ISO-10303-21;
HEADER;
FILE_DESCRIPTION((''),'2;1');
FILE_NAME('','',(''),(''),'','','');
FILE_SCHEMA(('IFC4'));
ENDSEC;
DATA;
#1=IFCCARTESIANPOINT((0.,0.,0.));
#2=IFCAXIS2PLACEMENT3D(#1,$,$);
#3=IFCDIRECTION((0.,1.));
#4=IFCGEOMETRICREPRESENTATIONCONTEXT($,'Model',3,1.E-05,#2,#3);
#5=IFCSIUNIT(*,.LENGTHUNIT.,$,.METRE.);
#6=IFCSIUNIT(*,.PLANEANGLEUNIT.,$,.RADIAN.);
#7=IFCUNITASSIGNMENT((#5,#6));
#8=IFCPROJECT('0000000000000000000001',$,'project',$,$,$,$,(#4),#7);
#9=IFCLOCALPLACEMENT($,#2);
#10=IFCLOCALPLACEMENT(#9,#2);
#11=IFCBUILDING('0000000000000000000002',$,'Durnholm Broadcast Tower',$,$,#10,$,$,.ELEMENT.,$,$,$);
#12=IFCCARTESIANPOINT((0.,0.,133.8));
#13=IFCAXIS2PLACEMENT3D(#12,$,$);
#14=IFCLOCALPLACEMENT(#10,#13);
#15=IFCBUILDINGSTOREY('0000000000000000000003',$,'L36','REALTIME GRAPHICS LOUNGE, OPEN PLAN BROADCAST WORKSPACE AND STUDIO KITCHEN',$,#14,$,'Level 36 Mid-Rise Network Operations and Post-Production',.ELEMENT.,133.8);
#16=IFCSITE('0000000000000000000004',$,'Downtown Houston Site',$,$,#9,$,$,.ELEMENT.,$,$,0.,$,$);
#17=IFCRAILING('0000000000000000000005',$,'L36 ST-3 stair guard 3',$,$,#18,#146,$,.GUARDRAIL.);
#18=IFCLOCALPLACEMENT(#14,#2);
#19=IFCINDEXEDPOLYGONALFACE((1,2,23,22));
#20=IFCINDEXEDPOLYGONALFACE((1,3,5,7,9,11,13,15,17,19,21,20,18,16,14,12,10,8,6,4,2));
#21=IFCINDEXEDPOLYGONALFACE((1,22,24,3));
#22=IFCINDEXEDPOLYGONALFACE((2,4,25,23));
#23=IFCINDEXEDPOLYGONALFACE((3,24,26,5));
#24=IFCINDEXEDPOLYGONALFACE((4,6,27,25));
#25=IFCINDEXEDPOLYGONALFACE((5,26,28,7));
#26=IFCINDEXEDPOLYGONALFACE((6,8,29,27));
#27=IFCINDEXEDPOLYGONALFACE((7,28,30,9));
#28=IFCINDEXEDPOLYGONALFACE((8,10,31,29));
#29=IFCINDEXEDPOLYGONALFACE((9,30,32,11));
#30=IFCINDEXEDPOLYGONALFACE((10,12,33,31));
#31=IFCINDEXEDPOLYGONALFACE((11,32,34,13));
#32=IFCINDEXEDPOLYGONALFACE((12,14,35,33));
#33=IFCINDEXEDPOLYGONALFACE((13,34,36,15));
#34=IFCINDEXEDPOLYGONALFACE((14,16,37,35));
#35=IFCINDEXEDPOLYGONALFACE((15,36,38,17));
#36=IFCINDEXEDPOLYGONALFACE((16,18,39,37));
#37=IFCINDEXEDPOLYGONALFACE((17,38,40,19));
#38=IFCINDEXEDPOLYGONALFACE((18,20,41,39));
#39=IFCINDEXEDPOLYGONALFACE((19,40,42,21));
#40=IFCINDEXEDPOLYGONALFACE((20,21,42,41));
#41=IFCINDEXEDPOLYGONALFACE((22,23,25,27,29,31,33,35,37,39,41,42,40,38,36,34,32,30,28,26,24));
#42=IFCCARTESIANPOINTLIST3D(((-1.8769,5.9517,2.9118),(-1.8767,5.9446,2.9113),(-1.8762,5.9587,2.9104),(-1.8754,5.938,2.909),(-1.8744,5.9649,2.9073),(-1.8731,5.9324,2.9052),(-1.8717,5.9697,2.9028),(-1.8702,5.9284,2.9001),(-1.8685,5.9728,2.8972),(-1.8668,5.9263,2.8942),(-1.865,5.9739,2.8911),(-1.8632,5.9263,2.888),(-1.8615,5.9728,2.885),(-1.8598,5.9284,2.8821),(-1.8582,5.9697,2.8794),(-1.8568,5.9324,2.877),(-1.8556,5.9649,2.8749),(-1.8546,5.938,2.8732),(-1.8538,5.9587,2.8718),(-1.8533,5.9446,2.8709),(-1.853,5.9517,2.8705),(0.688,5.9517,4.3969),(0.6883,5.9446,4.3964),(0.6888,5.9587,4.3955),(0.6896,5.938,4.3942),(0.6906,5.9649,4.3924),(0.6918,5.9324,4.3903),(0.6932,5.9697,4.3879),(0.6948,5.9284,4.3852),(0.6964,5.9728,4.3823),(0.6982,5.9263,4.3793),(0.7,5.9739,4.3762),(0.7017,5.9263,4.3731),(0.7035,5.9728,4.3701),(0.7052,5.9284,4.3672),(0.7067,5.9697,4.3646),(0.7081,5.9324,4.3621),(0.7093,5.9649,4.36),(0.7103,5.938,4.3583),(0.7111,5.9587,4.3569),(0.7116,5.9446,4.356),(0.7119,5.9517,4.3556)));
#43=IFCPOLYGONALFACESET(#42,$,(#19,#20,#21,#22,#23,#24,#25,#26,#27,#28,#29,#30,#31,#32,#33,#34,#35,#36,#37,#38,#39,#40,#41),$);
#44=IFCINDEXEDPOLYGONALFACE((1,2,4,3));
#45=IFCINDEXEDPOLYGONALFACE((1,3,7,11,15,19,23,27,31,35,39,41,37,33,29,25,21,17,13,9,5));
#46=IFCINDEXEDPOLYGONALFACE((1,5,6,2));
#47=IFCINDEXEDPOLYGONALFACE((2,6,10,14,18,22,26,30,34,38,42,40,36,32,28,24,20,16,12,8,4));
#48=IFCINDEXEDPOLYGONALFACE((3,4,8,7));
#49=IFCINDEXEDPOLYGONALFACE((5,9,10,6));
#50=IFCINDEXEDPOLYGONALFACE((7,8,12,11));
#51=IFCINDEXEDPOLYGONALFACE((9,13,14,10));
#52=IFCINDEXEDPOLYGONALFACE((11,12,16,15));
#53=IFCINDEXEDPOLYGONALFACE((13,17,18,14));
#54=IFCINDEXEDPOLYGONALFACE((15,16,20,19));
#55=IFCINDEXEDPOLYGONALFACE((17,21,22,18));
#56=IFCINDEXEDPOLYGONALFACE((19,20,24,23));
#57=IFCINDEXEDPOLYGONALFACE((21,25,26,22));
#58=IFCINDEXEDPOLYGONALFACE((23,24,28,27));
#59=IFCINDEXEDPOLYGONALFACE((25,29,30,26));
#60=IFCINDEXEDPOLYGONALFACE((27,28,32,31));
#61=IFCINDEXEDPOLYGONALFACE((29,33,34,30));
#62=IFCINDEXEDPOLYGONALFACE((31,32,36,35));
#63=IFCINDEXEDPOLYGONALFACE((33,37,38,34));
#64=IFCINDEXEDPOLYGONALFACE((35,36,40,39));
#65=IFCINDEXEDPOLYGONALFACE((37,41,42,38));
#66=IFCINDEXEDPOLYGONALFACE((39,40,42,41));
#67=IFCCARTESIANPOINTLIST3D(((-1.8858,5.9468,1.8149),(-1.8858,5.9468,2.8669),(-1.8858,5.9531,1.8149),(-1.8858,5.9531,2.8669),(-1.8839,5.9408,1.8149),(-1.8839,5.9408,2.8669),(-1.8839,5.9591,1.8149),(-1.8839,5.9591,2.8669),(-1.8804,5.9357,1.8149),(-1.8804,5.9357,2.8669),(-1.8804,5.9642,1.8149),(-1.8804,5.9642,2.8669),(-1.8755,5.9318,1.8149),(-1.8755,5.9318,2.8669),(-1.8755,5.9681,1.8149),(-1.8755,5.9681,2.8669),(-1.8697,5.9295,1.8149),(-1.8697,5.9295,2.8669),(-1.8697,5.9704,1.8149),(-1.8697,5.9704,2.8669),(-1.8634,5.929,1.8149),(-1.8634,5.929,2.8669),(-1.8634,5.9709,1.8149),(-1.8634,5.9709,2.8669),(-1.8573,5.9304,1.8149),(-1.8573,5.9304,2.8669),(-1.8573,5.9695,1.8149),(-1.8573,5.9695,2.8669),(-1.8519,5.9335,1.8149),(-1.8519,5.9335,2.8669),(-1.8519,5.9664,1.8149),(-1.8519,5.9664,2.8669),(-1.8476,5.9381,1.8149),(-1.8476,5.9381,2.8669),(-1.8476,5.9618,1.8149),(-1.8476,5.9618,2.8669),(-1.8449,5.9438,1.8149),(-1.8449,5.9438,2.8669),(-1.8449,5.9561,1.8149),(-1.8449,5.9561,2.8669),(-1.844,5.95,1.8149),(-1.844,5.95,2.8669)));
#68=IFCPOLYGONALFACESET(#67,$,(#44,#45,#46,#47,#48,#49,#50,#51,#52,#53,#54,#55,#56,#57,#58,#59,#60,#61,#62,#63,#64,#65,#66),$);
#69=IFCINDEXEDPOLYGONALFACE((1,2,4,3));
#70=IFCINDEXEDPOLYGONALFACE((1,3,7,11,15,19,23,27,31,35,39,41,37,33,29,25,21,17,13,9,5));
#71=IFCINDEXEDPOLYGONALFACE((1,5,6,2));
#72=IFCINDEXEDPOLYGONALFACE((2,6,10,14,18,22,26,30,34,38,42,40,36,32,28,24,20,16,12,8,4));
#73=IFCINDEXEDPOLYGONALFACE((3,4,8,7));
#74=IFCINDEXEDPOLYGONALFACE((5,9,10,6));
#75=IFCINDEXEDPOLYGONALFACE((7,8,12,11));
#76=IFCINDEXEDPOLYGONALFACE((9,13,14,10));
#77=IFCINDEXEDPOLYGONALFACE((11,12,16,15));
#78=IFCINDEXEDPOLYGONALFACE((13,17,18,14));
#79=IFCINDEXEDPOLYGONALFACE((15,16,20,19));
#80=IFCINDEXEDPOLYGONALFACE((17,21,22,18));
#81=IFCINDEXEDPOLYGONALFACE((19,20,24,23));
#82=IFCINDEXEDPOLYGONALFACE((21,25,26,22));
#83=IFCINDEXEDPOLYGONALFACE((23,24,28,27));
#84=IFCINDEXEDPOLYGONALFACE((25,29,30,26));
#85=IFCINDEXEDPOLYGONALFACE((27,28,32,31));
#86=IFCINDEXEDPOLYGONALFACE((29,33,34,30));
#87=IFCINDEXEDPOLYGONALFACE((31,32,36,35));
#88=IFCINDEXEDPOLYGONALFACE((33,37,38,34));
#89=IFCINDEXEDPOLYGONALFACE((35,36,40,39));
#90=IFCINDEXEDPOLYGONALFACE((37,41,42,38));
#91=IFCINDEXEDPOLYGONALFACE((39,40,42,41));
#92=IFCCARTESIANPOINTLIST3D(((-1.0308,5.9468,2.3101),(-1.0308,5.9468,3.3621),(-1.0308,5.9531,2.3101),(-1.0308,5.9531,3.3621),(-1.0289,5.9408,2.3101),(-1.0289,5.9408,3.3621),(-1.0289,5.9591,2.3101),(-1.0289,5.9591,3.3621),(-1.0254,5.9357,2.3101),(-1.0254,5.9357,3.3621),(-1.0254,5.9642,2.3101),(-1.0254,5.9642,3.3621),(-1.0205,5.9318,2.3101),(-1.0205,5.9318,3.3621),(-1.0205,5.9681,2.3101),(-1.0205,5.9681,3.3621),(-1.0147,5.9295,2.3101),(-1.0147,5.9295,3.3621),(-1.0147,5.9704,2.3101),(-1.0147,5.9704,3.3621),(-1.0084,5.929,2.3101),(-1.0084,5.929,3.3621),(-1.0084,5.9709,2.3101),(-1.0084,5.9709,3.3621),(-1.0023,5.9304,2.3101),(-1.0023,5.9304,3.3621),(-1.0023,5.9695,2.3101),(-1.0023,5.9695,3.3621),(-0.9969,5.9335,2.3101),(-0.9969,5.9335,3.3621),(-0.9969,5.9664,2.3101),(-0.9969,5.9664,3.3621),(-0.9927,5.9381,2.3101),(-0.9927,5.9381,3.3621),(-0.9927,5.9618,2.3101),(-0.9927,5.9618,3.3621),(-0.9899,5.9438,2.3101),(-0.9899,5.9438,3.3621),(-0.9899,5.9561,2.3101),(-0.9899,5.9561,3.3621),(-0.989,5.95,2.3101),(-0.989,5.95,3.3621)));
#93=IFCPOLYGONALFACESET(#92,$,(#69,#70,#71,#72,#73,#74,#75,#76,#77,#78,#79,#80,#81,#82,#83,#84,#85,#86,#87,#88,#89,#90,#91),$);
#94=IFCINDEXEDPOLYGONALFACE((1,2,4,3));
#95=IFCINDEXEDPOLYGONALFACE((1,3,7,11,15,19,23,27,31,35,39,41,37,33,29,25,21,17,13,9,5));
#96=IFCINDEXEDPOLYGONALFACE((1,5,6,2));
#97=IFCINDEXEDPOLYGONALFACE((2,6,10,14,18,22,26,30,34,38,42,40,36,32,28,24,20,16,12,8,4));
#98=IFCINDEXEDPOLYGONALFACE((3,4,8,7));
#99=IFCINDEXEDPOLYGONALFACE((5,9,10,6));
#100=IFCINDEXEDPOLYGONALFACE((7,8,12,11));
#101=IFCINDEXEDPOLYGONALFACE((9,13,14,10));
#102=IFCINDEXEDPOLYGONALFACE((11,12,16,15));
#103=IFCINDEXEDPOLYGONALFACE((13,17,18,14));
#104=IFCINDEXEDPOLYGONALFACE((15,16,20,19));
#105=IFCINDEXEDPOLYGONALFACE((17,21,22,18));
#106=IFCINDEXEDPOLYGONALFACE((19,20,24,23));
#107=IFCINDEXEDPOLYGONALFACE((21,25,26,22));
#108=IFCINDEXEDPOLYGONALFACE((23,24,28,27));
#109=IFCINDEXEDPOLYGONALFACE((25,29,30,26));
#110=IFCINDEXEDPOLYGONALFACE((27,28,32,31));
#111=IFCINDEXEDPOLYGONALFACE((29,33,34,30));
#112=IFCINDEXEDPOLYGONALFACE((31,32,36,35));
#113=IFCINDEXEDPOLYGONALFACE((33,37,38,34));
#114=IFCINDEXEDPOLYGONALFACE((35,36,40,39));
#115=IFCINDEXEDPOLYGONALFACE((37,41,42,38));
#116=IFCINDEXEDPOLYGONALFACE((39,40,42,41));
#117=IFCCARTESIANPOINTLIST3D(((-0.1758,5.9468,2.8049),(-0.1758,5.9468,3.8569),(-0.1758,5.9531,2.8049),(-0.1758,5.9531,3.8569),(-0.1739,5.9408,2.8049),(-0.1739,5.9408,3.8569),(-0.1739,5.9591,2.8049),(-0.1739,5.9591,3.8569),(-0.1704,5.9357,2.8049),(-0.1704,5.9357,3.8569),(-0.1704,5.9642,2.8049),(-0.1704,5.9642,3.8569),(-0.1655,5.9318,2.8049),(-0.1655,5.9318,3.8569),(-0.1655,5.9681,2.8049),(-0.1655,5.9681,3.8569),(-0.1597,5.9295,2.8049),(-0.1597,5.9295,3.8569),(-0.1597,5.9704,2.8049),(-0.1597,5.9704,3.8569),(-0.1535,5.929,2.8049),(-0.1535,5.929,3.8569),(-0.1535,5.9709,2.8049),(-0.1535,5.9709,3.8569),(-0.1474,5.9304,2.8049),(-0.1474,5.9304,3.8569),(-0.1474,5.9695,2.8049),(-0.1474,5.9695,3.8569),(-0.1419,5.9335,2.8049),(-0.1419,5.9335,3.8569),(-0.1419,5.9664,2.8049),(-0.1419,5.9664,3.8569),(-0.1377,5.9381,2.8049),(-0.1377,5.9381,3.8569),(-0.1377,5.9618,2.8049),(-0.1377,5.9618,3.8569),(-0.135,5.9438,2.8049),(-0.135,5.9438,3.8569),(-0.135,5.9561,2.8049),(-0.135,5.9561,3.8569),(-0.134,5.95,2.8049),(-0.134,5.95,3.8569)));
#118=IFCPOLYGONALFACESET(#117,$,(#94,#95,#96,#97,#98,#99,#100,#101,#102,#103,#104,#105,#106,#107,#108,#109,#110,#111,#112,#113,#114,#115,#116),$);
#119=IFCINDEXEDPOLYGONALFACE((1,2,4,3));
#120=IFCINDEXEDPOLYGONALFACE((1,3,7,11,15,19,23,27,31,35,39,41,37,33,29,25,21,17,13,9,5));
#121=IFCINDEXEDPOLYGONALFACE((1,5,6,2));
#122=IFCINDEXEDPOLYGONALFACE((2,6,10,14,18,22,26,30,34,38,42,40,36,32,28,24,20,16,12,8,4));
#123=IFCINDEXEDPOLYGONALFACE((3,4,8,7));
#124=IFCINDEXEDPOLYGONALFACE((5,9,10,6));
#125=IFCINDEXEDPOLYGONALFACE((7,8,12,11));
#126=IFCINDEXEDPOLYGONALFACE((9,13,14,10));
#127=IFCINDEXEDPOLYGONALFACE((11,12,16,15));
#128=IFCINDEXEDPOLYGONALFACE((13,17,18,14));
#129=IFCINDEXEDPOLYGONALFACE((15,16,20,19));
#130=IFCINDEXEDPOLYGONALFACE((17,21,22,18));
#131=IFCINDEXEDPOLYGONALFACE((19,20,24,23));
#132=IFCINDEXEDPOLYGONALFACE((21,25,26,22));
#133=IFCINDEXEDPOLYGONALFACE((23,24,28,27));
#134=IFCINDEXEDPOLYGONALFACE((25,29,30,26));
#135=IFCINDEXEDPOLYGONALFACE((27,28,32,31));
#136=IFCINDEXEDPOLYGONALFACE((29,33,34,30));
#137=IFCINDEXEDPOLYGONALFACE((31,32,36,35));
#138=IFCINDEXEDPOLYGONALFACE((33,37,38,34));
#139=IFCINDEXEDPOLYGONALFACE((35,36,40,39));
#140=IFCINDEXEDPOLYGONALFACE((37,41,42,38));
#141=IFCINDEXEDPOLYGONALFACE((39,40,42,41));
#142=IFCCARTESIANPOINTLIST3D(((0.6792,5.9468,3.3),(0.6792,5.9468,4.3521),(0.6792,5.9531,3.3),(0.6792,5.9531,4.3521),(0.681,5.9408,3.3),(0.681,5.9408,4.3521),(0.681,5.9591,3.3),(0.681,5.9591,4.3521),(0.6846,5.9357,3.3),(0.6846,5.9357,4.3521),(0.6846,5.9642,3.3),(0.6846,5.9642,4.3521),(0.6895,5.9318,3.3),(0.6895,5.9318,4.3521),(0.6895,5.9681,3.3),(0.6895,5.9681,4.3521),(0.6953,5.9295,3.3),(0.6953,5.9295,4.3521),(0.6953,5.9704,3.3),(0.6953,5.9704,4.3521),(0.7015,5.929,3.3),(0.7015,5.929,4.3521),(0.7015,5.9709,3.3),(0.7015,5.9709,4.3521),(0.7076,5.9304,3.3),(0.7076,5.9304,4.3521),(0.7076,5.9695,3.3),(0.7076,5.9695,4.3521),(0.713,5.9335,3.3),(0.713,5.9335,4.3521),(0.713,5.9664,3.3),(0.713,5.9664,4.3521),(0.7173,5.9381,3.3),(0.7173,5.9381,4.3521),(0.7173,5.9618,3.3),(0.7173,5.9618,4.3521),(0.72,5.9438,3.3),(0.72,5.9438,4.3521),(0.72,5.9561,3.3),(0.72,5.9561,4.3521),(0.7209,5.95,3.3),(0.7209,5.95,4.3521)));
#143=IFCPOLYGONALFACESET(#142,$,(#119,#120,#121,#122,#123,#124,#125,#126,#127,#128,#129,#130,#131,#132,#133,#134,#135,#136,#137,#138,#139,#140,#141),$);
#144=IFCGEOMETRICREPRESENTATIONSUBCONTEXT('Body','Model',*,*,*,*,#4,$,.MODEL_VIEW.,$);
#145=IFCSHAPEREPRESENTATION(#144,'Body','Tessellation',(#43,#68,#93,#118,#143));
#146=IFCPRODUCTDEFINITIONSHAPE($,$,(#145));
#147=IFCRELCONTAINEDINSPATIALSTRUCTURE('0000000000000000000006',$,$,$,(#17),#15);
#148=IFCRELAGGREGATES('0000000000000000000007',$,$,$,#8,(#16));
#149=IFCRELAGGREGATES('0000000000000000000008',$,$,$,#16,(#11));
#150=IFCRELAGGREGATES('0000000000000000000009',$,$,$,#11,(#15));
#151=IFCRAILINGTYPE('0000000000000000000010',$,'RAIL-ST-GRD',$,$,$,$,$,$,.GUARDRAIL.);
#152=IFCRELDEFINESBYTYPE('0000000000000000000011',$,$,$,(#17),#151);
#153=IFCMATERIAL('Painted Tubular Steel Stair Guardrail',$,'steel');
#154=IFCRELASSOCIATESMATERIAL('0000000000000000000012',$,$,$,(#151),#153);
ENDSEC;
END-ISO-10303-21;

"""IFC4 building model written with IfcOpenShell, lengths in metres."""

from ifc_helpers import new_model, si_unit, direction, frame, origin, origin_2d, place, context, subcontext, project, spatial, circle, extrude, material, type_object, element, save


model = new_model("IFC4")

# Units and contexts
model_context = context("Model", 3, precision=1e-05, world=origin(), true_north=direction((0.0, 1.0)))
body_context = subcontext(model_context, "Body", "Model", "MODEL_VIEW")
ifc_project = project(units=[si_unit("LENGTHUNIT", "METRE"), si_unit("PLANEANGLEUNIT", "RADIAN")], contexts=[model_context])

# Site, building, storey
site_placement = place(None, origin())
site = spatial("IfcSite", under=ifc_project, at=site_placement, Name="Downtown Houston Site", CompositionType="ELEMENT", RefElevation=0.0)
building_placement = place(site_placement, origin())
building = spatial("IfcBuilding", under=site, at=building_placement, Name="Durnholm Broadcast Tower", CompositionType="ELEMENT")
storey_placement = place(building_placement, frame((0.0, 0.0, 133.8)))
storey = spatial("IfcBuildingStorey", under=building, at=storey_placement, Name="L36", Description="REALTIME GRAPHICS LOUNGE, OPEN PLAN BROADCAST WORKSPACE AND STUDIO KITCHEN", LongName="Level 36 Mid-Rise Network Operations and Post-Production", CompositionType="ELEMENT", Elevation=133.8)

# Railing
ifc_material_1 = material(Name="Painted Tubular Steel Stair Guardrail", Category="steel")
railing_type_1 = type_object("IfcRailingType", Name="RAIL-ST-GRD", PredefinedType="GUARDRAIL", material=ifc_material_1)
railing_1_placement = place(storey_placement, frame((-1.865, 5.95, 1.8149)))
element("IfcRailing", 1, at=railing_1_placement, inside=storey, type_object=railing_type_1, Name="L36 ST-3 stair guard 3", PredefinedType="GUARDRAIL", context=body_context, shape_type="SweptSolid", body=[
    extrude(circle(Radius=0.0239, at=origin_2d()), frame((0.0, 0.0, 1.0762), z_axis=(0.865406, 0.0, 0.501072), x_axis=(0.0, 1.0, 0.0)), (0.0, 0.0, 1.0), 2.9639),
    extrude(circle(Radius=0.021, at=origin_2d()), origin(), (0.0, 0.0, 1.0), 1.052),
    extrude(circle(Radius=0.021, at=origin_2d()), frame((0.855, 0.0, 0.4951)), (0.0, 0.0, 1.0), 1.052),
    extrude(circle(Radius=0.021, at=origin_2d()), frame((1.71, 0.0, 0.99)), (0.0, 0.0, 1.0), 1.052),
    extrude(circle(Radius=0.021, at=origin_2d()), frame((2.5649, 0.0, 1.4851)), (0.0, 0.0, 1.0), 1.052),
])

save(model, "model.ifc")
